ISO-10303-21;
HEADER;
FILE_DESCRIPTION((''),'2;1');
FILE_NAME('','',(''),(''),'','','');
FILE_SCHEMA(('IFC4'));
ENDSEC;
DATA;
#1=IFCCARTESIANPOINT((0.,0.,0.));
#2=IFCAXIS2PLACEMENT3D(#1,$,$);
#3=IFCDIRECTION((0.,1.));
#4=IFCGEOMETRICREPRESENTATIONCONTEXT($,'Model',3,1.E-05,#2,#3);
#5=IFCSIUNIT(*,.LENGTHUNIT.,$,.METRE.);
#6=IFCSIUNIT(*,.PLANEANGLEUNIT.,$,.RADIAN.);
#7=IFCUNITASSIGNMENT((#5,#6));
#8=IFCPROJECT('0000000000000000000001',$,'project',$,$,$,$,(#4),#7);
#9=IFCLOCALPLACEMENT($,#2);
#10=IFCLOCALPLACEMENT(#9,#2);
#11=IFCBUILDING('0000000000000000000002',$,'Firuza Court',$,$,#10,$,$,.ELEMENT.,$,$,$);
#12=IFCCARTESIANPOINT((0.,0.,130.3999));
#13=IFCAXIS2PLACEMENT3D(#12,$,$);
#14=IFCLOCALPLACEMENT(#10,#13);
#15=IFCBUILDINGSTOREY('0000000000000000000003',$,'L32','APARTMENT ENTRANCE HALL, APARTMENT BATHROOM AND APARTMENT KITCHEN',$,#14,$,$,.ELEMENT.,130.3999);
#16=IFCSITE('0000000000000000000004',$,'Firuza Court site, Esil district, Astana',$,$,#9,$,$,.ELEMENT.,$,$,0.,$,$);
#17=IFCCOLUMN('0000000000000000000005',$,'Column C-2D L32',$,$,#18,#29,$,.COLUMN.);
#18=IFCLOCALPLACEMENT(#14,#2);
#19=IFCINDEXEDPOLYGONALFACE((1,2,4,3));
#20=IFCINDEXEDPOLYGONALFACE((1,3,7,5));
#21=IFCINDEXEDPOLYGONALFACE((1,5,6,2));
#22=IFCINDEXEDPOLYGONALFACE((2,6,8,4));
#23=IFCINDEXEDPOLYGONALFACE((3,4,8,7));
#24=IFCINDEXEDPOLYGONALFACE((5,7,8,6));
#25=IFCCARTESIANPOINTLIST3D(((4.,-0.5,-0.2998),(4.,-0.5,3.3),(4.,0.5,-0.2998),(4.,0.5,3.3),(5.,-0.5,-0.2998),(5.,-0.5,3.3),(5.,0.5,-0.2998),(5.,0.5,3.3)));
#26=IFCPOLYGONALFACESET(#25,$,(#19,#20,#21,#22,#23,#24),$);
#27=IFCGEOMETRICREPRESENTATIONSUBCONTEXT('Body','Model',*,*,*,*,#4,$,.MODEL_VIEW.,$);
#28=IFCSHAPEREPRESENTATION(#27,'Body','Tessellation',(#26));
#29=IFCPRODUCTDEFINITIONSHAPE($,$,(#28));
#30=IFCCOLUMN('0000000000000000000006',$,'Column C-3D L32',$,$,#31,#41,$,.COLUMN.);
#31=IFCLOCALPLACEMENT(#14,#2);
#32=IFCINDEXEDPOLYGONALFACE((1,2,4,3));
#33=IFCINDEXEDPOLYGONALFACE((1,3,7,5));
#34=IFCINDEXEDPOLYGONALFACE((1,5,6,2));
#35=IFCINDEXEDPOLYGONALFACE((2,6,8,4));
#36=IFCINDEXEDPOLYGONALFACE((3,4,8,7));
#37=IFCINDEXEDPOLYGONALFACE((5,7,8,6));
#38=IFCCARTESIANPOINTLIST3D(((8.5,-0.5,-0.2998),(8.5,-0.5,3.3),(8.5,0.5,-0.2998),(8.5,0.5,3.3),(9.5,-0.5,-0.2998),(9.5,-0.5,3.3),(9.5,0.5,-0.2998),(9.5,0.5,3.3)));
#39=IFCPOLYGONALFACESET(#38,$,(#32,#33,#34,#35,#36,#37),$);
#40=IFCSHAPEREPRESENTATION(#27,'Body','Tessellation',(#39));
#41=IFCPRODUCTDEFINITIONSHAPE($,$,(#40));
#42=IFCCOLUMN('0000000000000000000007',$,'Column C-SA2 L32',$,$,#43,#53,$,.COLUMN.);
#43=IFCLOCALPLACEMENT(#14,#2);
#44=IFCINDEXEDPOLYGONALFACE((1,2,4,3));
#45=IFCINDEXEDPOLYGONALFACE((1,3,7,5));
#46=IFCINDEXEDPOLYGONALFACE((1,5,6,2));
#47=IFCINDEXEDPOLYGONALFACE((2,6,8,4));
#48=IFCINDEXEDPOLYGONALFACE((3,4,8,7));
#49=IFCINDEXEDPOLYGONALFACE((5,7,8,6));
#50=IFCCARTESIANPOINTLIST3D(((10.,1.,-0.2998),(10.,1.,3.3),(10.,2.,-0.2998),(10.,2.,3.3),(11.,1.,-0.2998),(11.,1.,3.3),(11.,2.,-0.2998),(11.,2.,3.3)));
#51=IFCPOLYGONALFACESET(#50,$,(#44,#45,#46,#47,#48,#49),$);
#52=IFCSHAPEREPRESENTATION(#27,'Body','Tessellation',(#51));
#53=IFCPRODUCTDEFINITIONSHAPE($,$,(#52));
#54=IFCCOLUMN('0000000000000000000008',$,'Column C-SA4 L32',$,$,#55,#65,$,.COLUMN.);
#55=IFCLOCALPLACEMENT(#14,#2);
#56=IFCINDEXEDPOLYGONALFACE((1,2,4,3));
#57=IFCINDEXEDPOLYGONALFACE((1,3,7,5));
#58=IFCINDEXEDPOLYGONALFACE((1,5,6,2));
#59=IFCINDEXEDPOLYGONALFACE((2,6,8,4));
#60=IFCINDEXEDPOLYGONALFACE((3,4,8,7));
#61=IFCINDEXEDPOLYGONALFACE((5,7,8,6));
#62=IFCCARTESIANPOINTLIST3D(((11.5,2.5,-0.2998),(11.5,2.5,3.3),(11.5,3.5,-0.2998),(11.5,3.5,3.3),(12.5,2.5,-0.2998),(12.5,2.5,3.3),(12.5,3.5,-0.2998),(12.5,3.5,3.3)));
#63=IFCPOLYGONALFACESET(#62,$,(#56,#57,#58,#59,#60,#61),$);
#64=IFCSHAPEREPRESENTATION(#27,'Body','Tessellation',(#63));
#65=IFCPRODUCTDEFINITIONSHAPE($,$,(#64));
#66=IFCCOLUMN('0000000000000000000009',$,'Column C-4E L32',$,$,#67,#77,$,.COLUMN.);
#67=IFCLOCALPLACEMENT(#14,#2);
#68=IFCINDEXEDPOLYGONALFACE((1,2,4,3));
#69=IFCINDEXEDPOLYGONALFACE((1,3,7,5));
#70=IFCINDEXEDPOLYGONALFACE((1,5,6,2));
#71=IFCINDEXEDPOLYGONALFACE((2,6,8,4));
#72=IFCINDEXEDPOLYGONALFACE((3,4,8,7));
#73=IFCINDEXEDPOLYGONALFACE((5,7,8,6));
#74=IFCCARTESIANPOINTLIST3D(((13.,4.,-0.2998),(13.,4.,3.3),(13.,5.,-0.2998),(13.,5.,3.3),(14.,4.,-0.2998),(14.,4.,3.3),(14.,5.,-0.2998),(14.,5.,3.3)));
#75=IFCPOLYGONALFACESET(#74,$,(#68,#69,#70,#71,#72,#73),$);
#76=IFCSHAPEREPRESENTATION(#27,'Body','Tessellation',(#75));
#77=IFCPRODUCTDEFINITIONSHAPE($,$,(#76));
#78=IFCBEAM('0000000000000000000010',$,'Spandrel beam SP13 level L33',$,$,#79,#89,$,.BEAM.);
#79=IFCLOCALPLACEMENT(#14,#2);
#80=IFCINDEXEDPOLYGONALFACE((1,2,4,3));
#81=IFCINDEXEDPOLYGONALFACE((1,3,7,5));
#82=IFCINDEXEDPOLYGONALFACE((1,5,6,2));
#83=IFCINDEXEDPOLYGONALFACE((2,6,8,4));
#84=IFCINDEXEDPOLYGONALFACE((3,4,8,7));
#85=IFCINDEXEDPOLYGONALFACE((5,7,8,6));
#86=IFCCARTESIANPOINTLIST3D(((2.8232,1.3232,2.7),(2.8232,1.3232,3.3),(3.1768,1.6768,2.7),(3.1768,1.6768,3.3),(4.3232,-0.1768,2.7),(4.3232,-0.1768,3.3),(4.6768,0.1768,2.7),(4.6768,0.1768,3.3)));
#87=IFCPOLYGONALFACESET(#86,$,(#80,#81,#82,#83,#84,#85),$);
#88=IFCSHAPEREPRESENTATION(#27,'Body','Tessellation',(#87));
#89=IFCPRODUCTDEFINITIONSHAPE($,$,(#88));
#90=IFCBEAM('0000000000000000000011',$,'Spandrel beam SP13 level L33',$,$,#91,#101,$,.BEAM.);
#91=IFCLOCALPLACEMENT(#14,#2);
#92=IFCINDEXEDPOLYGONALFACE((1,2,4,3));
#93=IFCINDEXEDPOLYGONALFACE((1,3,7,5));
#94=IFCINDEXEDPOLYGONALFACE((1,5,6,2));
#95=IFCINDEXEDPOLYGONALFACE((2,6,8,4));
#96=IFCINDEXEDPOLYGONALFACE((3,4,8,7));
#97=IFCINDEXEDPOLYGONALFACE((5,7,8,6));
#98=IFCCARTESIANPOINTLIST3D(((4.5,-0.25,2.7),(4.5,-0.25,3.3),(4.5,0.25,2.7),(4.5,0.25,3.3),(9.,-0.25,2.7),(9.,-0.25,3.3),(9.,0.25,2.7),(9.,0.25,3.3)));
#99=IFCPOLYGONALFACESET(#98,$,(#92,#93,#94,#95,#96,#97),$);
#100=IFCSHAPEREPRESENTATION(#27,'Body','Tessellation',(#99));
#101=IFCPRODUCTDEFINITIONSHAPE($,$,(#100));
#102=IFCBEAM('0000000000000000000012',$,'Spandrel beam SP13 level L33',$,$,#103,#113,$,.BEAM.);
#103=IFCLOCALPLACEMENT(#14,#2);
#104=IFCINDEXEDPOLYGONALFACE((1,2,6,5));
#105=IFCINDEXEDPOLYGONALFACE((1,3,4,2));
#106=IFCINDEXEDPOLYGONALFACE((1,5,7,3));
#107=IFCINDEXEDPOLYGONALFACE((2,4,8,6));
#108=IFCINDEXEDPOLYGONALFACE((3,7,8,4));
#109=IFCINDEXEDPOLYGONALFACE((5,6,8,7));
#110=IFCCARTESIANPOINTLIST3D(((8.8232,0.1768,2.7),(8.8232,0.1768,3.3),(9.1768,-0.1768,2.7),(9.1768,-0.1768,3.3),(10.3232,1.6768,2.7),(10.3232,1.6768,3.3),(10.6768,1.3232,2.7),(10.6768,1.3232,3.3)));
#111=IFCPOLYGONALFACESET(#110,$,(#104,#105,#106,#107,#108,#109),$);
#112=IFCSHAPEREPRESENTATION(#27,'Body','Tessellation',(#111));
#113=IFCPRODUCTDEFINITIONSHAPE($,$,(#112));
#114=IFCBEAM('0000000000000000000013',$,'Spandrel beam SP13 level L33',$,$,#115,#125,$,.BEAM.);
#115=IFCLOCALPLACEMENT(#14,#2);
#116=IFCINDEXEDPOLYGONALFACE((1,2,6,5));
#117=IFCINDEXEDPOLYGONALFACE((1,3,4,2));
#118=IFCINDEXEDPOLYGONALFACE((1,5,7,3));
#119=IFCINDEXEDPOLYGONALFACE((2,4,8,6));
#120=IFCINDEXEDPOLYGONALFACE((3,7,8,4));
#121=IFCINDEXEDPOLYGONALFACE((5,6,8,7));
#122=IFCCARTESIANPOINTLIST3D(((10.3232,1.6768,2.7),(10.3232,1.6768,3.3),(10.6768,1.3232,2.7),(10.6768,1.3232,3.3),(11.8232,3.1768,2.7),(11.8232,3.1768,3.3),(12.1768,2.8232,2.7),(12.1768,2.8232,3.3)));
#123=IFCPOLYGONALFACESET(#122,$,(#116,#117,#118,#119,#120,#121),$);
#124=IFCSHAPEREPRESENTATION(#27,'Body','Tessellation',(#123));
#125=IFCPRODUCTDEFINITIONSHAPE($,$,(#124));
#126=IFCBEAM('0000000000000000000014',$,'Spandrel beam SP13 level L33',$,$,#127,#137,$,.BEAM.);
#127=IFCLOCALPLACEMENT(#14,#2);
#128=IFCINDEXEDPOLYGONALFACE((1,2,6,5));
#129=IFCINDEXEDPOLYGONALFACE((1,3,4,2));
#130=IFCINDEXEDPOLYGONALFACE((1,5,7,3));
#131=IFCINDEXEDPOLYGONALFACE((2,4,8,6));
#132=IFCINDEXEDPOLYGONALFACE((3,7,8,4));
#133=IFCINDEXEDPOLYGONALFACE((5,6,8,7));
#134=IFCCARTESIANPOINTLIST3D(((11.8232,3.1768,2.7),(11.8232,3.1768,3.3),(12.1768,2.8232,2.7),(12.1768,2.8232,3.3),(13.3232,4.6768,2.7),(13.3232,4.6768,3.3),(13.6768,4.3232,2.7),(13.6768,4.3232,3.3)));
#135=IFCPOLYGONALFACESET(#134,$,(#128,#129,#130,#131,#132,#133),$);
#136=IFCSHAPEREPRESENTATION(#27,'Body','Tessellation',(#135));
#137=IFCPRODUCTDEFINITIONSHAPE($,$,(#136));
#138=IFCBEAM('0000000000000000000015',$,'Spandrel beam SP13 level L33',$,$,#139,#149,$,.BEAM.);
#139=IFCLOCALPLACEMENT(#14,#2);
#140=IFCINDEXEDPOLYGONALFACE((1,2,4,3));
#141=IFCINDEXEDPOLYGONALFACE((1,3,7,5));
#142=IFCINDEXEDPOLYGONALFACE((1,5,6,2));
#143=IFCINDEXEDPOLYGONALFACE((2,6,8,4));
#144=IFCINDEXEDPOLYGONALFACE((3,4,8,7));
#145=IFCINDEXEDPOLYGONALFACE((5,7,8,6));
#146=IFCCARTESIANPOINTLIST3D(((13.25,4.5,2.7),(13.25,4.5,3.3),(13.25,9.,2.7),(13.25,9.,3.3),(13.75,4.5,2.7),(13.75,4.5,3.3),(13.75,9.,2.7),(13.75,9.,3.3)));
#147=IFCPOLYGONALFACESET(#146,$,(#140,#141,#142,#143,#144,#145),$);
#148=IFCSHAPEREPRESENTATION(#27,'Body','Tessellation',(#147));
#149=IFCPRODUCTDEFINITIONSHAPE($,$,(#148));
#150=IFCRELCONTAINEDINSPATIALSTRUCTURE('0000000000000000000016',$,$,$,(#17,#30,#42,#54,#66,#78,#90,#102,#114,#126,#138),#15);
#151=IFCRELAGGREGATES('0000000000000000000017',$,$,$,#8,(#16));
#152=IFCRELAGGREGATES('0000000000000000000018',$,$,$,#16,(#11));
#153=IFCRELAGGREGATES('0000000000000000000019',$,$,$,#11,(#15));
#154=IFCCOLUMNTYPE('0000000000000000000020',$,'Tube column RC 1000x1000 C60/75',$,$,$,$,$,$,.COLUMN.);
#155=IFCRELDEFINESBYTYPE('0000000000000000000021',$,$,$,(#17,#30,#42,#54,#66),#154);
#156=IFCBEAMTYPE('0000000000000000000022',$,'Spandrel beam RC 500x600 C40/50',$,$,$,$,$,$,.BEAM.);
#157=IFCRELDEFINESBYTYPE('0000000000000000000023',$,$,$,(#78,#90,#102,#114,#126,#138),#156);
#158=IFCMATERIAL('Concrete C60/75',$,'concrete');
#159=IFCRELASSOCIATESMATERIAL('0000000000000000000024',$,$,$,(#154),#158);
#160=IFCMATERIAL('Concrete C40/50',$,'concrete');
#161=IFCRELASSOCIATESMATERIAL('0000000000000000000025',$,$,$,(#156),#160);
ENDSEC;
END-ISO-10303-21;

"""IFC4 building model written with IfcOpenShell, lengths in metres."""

from ifc_helpers import new_model, si_unit, direction, frame, origin, origin_2d, place, context, subcontext, project, spatial, rectangle, extrude, material, material_profile, profile_set, type_object, element, save


model = new_model("IFC4")

# Units and contexts
model_context = context("Model", 3, precision=1e-05, world=origin(), true_north=direction((0.0, 1.0)))
body_context = subcontext(model_context, "Body", "Model", "MODEL_VIEW")
ifc_project = project(units=[si_unit("LENGTHUNIT", "METRE"), si_unit("PLANEANGLEUNIT", "RADIAN")], contexts=[model_context])

# Site, building, storey
site_placement = place(None, origin())
site = spatial("IfcSite", under=ifc_project, at=site_placement, Name="Firuza Court site, Esil district, Astana", CompositionType="ELEMENT", RefElevation=0.0)
building_placement = place(site_placement, origin())
building = spatial("IfcBuilding", under=site, at=building_placement, Name="Firuza Court", CompositionType="ELEMENT")
storey_placement = place(building_placement, frame((0.0, 0.0, 130.3999)))
storey = spatial("IfcBuildingStorey", under=building, at=storey_placement, Name="L32", Description="APARTMENT ENTRANCE HALL, APARTMENT BATHROOM AND APARTMENT KITCHEN", CompositionType="ELEMENT", Elevation=130.3999)

# Columns
ifc_material_1 = material(Name="Concrete C60/75", Category="concrete")
ifc_material_profile_1 = material_profile(ifc_material_1, rectangle(XDim=1.0, YDim=1.0, at=origin_2d()), Name="RC 1000x1000")
ifc_profile_set_1 = profile_set([ifc_material_profile_1], Name="Concrete C60/75")
column_type = type_object("IfcColumnType", Name="Tube column RC 1000x1000 C60/75", PredefinedType="COLUMN", material=ifc_profile_set_1)
for number, where, z_axis, x_axis, name in (
    (1, (4.5, 0.0, -0.2998), (0.0, 0.0, 1.0), (1.0, 0.0, 0.0), "Column C-2D L32"),
    (2, (9.0, 0.0, -0.2998), (0.0, 0.0, 1.0), (1.0, 0.0, 0.0), "Column C-3D L32"),
    (3, (10.5, 1.5, -0.2998), (0.0, 0.0, 1.0), (1.0, 0.0, 0.0), "Column C-SA2 L32"),
    (4, (12.0, 3.0, -0.2998), (0.0, 0.0, 1.0), (1.0, 0.0, 0.0), "Column C-SA4 L32"),
    (5, (13.5, 4.5, -0.2998), (0.0, 0.0, 1.0), (1.0, 0.0, 0.0), "Column C-4E L32"),
):
    element("IfcColumn", number, at=place(storey_placement, frame(where, z_axis=z_axis, x_axis=x_axis)), inside=storey, type_object=column_type, Name=name, PredefinedType="COLUMN", context=body_context, shape_type="SweptSolid", body=[
        extrude(rectangle(XDim=1.0, YDim=1.0, at=origin_2d()), origin(), (0.0, 0.0, 1.0), 3.5999),
    ])

# Beams
ifc_material_2 = material(Name="Concrete C40/50", Category="concrete")
ifc_material_profile_2 = material_profile(ifc_material_2, rectangle(XDim=0.5, YDim=0.6001, at=origin_2d()), Name="RC 500x600")
ifc_profile_set_2 = profile_set([ifc_material_profile_2], Name="Concrete C40/50")
beam_type = type_object("IfcBeamType", Name="Spandrel beam RC 500x600 C40/50", PredefinedType="BEAM", material=ifc_profile_set_2)
beam_1_placement = place(storey_placement, frame((3.0, 1.5, 3.0), z_axis=(0.707107, -0.707107, 0.0), x_axis=(0.707107, 0.707107, 0.0)))
element("IfcBeam", 6, at=beam_1_placement, inside=storey, type_object=beam_type, Name="Spandrel beam SP13 level L33", PredefinedType="BEAM", context=body_context, shape_type="SweptSolid", body=[
    extrude(rectangle(XDim=0.5, YDim=0.6001, at=origin_2d()), origin(), (0.0, 0.0, 1.0), 2.1213),
])
beam_2_placement = place(storey_placement, frame((4.5, 0.0, 3.0), z_axis=(1.0, 0.0, 0.0), x_axis=(0.0, 1.0, 0.0)))
element("IfcBeam", 7, at=beam_2_placement, inside=storey, type_object=beam_type, Name="Spandrel beam SP13 level L33", PredefinedType="BEAM", context=body_context, shape_type="SweptSolid", body=[
    extrude(rectangle(XDim=0.5, YDim=0.6001, at=origin_2d()), origin(), (0.0, 0.0, 1.0), 4.5),
])
for number, where, z_axis, x_axis, name in (
    (8, (9.0, 0.0, 3.0), (0.707107, 0.707107, 0.0), (-0.707107, 0.707107, 0.0), "Spandrel beam SP13 level L33"),
    (9, (10.5, 1.5, 3.0), (0.707107, 0.707107, 0.0), (-0.707107, 0.707107, 0.0), "Spandrel beam SP13 level L33"),
    (10, (12.0, 3.0, 3.0), (0.707107, 0.707107, 0.0), (-0.707107, 0.707107, 0.0), "Spandrel beam SP13 level L33"),
):
    element("IfcBeam", number, at=place(storey_placement, frame(where, z_axis=z_axis, x_axis=x_axis)), inside=storey, type_object=beam_type, Name=name, PredefinedType="BEAM", context=body_context, shape_type="SweptSolid", body=[
        extrude(rectangle(XDim=0.5, YDim=0.6001, at=origin_2d()), origin(), (0.0, 0.0, 1.0), 2.1213),
    ])
beam_3_placement = place(storey_placement, frame((13.5, 4.5, 3.0), z_axis=(0.0, 1.0, 0.0), x_axis=(-1.0, 0.0, 0.0)))
element("IfcBeam", 11, at=beam_3_placement, inside=storey, type_object=beam_type, Name="Spandrel beam SP13 level L33", PredefinedType="BEAM", context=body_context, shape_type="SweptSolid", body=[
    extrude(rectangle(XDim=0.5, YDim=0.6001, at=origin_2d()), origin(), (0.0, 0.0, 1.0), 4.5),
])

save(model, "model.ifc")
